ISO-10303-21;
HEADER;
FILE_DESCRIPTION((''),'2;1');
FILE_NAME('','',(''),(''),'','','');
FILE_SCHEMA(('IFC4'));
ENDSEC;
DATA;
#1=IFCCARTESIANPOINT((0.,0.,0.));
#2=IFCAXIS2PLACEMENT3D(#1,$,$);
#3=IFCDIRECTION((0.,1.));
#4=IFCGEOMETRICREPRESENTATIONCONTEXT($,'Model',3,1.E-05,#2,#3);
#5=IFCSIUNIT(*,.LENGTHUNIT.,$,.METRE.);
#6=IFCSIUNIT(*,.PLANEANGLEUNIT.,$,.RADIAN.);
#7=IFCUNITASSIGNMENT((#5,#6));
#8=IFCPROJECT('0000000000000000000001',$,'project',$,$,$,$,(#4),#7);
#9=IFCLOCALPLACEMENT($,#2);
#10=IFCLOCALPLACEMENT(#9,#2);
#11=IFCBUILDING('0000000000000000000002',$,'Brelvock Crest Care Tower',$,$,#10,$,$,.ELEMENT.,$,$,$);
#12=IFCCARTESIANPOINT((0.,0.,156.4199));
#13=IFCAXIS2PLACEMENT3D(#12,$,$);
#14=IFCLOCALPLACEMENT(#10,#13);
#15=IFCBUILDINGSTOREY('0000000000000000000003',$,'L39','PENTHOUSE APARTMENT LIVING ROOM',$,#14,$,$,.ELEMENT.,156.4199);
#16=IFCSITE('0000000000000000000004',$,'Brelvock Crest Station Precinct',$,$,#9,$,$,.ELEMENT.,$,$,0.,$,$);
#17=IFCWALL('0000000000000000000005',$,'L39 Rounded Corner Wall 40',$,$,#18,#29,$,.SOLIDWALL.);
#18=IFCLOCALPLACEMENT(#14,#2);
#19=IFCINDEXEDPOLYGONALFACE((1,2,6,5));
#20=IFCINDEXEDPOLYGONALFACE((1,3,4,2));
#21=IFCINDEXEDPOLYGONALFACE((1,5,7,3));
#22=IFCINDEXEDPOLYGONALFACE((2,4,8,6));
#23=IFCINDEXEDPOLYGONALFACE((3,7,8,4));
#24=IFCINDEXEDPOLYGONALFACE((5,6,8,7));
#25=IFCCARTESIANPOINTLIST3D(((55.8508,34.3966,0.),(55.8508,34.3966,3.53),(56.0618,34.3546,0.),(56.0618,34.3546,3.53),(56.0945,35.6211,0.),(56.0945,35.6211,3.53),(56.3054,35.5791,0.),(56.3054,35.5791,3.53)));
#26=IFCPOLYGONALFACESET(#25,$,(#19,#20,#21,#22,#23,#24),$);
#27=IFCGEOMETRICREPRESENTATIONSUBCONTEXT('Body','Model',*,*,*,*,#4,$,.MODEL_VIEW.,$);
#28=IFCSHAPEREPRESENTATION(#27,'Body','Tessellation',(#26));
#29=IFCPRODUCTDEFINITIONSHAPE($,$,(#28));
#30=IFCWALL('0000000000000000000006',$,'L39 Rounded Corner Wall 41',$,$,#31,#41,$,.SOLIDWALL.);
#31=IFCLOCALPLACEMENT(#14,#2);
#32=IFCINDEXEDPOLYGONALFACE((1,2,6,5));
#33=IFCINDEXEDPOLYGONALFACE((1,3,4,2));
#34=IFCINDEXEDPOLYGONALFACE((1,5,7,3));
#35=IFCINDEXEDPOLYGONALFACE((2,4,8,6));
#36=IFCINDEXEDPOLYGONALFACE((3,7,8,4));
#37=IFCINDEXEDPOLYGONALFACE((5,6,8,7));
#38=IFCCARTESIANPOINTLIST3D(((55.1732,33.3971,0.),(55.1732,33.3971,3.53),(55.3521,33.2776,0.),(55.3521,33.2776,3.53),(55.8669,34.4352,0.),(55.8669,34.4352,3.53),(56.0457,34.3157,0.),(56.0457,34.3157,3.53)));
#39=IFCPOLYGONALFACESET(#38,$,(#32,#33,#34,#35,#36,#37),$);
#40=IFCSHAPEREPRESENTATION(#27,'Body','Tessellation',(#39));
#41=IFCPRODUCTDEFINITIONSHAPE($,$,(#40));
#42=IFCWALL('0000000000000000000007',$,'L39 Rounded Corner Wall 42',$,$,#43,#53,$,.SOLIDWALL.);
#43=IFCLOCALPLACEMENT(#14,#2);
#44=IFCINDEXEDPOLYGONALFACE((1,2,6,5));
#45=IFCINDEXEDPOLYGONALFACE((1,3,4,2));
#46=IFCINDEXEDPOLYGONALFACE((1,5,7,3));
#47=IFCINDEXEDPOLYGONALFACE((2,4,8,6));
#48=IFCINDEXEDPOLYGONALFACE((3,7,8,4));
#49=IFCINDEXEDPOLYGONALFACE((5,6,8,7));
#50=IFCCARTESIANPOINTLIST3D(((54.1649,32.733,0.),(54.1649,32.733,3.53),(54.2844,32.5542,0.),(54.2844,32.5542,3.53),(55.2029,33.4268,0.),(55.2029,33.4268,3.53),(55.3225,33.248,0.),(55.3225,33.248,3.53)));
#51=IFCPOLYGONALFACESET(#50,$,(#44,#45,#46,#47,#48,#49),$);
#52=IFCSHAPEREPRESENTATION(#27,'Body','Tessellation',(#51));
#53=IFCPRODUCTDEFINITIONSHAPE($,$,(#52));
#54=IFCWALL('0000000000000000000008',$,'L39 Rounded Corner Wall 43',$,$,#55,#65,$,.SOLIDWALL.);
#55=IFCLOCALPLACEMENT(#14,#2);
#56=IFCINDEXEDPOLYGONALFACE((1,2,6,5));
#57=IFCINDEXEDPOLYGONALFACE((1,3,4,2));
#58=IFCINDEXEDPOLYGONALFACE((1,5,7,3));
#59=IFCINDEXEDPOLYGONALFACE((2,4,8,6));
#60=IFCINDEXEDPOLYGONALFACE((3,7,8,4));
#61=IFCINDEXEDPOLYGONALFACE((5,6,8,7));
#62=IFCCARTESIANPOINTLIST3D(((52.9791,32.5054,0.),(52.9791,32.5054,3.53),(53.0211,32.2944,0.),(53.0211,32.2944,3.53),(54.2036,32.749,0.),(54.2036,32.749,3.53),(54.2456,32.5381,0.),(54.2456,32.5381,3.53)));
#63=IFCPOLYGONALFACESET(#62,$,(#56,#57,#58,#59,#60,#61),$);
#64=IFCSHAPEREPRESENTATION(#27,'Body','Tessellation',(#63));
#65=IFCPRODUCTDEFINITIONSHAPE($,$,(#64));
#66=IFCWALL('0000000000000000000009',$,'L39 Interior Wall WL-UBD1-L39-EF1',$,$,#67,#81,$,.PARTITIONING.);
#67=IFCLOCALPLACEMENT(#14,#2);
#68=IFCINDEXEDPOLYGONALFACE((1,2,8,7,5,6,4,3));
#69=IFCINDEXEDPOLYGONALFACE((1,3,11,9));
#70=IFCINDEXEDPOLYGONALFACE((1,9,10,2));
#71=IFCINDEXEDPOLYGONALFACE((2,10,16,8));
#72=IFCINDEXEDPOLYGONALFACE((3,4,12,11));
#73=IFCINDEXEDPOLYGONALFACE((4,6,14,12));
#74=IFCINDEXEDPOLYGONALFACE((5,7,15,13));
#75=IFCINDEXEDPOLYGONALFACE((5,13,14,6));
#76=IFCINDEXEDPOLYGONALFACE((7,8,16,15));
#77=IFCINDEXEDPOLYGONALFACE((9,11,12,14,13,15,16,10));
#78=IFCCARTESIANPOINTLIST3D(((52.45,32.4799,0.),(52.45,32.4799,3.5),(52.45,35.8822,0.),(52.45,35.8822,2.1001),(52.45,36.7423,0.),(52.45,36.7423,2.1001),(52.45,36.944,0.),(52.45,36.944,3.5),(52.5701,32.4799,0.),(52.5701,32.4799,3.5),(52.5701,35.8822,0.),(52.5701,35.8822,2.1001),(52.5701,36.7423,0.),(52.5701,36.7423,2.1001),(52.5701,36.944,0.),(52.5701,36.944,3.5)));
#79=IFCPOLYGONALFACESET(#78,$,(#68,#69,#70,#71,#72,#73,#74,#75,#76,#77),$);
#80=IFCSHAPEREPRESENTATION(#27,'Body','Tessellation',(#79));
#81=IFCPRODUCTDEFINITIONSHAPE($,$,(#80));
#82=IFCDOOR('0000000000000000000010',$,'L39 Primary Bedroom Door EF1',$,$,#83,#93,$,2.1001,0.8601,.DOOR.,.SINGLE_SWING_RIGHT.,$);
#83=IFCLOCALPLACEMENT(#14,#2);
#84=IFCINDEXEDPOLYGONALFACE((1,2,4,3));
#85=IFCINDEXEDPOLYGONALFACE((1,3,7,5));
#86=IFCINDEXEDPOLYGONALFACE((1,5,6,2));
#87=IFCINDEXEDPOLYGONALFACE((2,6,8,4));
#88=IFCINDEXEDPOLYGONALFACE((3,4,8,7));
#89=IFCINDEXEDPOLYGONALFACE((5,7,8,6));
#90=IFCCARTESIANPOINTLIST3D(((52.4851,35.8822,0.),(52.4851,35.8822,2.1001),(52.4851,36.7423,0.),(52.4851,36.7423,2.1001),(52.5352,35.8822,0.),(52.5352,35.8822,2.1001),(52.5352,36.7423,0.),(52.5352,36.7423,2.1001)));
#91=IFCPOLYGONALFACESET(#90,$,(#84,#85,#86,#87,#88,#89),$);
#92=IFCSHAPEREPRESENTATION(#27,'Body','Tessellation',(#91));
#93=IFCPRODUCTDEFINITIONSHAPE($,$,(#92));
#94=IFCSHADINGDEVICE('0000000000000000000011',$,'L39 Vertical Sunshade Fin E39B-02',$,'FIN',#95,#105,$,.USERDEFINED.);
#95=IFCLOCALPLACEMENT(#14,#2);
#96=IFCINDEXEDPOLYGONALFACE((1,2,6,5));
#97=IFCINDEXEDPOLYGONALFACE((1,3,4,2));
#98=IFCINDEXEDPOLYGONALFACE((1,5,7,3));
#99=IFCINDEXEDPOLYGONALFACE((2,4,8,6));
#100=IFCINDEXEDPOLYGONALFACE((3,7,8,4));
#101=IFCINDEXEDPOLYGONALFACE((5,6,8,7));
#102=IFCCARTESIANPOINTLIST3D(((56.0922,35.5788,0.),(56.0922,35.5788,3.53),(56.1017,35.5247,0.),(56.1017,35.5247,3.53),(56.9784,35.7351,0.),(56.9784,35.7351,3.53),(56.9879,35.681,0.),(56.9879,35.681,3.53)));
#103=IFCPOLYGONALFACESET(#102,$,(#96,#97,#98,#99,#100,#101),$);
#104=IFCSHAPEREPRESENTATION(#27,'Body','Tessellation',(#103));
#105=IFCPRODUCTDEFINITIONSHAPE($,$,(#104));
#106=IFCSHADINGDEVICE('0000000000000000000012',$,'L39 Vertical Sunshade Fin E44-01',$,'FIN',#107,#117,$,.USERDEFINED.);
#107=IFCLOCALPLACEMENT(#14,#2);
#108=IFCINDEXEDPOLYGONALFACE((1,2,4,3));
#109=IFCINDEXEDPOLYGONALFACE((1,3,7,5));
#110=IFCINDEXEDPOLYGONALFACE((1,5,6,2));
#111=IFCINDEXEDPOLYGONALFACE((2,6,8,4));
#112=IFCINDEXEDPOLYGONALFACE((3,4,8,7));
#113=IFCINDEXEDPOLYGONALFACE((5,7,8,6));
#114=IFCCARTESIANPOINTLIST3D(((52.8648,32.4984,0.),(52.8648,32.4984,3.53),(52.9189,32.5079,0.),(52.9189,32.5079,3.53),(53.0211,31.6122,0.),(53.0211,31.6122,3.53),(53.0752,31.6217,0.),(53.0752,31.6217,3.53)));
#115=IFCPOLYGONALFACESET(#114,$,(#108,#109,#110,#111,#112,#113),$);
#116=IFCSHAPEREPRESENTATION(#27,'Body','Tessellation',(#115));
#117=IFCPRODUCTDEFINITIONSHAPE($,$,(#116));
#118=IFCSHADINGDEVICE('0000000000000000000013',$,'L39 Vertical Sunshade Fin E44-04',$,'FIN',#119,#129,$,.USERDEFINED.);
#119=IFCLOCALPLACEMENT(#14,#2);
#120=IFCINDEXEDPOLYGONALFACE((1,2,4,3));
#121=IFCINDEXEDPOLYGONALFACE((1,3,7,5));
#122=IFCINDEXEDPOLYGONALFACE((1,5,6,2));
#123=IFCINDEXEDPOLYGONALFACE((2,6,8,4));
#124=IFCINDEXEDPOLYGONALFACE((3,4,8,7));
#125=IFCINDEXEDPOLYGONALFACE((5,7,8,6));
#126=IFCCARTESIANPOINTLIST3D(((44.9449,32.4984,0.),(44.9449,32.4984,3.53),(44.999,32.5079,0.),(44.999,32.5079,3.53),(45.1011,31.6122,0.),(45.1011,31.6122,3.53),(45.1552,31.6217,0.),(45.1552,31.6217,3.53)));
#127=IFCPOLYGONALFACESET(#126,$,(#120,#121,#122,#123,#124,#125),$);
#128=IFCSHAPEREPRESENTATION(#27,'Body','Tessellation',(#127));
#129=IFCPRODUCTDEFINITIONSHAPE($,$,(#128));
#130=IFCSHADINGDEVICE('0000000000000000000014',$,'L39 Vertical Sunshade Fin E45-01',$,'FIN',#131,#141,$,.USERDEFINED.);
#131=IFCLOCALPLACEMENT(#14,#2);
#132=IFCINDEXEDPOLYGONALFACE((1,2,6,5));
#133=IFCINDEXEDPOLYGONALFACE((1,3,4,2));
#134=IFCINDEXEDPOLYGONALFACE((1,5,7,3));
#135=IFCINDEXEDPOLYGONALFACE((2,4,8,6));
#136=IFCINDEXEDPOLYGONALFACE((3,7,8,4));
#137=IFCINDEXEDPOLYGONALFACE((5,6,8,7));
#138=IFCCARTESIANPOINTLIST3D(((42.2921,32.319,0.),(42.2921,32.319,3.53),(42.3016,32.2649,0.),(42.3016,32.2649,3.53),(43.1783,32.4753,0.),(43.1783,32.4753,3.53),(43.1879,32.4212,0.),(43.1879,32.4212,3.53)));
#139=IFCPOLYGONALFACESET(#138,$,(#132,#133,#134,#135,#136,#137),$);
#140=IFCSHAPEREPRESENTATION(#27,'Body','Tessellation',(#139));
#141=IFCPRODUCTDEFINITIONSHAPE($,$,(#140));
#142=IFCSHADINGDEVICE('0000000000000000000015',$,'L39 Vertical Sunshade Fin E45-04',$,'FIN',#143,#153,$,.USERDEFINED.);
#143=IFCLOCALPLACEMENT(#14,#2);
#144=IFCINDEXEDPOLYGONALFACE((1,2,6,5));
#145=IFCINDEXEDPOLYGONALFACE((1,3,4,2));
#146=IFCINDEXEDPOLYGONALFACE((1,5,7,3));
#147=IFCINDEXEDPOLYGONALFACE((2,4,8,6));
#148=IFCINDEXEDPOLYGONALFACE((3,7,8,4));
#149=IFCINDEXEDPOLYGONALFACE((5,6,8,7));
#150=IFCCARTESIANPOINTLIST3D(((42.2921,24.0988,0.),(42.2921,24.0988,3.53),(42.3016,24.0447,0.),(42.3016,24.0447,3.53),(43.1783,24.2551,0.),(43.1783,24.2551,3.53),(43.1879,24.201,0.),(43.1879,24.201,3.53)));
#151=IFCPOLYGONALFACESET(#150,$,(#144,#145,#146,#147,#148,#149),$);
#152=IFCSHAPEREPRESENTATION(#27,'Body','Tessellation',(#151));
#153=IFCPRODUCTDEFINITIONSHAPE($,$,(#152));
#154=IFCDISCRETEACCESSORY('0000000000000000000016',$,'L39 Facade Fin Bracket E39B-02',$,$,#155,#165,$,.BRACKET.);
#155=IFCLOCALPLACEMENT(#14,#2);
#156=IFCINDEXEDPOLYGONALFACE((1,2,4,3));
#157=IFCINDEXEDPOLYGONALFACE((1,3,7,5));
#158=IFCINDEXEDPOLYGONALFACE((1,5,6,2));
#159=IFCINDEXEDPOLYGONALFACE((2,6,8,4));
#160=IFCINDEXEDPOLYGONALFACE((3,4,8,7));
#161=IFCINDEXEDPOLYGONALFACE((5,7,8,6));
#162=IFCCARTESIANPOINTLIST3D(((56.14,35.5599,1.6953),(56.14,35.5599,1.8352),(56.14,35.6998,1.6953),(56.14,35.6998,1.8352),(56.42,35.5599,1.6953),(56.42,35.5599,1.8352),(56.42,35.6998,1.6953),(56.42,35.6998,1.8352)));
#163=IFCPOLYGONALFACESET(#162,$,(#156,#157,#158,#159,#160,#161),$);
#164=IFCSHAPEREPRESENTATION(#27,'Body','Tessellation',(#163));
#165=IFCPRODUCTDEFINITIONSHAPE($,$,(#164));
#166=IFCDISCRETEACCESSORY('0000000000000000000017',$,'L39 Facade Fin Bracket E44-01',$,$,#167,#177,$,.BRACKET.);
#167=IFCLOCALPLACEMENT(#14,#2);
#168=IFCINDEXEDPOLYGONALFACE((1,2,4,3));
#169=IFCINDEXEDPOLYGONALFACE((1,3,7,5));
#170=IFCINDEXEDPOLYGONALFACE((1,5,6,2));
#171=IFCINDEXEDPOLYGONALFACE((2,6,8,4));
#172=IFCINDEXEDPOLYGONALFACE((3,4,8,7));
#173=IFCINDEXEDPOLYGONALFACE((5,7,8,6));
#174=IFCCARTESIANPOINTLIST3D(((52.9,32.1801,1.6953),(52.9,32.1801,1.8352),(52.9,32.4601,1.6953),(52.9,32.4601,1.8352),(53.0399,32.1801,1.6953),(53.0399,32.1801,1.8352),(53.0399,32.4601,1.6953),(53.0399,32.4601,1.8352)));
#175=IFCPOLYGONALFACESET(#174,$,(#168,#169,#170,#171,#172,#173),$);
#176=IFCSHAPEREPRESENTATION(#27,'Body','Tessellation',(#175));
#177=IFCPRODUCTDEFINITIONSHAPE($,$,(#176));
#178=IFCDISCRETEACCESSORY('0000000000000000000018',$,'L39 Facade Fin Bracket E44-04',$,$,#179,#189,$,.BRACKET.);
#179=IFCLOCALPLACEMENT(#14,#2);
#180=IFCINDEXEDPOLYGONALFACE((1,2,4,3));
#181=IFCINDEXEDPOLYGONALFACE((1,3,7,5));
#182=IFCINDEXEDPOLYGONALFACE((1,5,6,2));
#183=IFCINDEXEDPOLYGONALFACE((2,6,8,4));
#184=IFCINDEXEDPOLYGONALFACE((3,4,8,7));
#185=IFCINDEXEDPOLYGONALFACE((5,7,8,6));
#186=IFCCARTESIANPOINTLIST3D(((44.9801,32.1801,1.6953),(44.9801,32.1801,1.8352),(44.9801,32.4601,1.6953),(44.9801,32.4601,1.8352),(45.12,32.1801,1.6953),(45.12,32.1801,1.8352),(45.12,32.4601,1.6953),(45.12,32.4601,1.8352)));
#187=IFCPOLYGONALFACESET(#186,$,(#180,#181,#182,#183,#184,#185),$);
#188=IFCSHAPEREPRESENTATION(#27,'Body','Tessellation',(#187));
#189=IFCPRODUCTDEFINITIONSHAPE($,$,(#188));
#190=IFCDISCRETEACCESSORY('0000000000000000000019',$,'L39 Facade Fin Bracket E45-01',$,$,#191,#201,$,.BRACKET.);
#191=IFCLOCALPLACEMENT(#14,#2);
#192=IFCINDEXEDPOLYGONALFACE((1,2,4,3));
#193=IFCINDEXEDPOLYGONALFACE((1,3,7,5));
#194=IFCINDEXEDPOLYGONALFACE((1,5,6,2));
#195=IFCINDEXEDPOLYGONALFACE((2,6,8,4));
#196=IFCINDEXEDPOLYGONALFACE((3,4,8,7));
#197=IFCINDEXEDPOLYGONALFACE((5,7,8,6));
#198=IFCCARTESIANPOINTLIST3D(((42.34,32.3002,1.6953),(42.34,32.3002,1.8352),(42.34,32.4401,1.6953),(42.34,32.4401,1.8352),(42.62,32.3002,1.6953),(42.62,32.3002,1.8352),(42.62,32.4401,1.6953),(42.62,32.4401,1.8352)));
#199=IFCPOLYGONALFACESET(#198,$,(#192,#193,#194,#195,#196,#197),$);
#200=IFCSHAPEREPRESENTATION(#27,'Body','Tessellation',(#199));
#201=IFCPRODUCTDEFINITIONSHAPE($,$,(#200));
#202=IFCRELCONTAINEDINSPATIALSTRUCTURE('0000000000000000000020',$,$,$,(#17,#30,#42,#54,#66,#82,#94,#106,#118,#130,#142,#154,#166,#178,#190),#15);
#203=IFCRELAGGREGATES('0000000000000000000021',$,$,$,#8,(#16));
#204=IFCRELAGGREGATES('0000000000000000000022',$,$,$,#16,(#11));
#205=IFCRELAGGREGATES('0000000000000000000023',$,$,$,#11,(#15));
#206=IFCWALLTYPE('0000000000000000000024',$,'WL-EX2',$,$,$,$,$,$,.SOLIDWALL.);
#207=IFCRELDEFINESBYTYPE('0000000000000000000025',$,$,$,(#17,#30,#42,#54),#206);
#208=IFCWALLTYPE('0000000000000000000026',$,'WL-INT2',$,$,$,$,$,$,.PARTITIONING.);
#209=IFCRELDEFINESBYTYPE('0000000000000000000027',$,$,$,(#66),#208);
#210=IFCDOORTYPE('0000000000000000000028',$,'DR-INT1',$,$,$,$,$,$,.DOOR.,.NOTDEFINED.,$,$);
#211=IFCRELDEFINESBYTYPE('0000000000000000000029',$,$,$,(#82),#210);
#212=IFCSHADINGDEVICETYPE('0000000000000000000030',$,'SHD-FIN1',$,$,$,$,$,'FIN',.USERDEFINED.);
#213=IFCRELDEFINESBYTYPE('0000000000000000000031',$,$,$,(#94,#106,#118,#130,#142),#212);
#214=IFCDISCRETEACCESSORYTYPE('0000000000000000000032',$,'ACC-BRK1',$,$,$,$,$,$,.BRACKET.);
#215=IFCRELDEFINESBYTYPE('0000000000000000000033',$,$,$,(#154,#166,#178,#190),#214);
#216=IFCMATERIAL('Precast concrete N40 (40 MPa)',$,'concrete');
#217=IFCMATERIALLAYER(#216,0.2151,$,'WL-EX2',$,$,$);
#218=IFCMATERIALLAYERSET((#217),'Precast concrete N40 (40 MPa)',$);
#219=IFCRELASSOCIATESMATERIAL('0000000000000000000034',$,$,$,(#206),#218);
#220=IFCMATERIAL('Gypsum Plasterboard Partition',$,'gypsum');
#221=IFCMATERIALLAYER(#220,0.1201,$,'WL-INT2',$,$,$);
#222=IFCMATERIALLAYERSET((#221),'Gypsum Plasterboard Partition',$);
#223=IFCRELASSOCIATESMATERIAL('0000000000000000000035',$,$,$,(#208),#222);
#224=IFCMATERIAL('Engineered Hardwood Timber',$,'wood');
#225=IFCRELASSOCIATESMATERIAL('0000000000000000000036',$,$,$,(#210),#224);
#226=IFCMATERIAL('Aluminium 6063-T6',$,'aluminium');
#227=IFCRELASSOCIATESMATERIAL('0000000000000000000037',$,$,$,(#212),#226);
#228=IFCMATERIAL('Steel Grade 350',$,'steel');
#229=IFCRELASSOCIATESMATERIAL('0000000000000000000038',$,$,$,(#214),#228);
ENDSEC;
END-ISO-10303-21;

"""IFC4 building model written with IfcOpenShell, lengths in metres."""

from ifc_helpers import new_model, si_unit, direction, frame, frame_2d, origin, origin_2d, place, context, subcontext, project, spatial, rectangle, extrude, source, transform, mapped, material, layer, layer_set, material_profile, profile_set, type_object, element, fill, save


model = new_model("IFC4")

# Units and contexts
model_context = context("Model", 3, precision=1e-05, world=origin(), true_north=direction((0.0, 1.0)))
body_context = subcontext(model_context, "Body", "Model", "MODEL_VIEW")
ifc_project = project(units=[si_unit("LENGTHUNIT", "METRE"), si_unit("PLANEANGLEUNIT", "RADIAN")], contexts=[model_context])

# Site, building, storey
site_placement = place(None, origin())
site = spatial("IfcSite", under=ifc_project, at=site_placement, Name="Brelvock Crest Station Precinct", CompositionType="ELEMENT", RefElevation=0.0)
building_placement = place(site_placement, origin())
building = spatial("IfcBuilding", under=site, at=building_placement, Name="Brelvock Crest Care Tower", CompositionType="ELEMENT")
storey_placement = place(building_placement, frame((0.0, 0.0, 156.4199)))
storey = spatial("IfcBuildingStorey", under=building, at=storey_placement, Name="L39", Description="PENTHOUSE APARTMENT LIVING ROOM", CompositionType="ELEMENT", Elevation=156.4199)

# Shared definitions
ifc_material_1 = material(Name="Steel Grade 350", Category="steel")

# Shared definitions
ifc_material_2 = material(Name="Aluminium 6063-T6", Category="aluminium")

# Walls
ifc_material_3 = material(Name="Precast concrete N40 (40 MPa)", Category="concrete")
ifc_layer_1 = layer(ifc_material_3, 0.2151, Name="WL-EX2")
ifc_layer_set_1 = layer_set([ifc_layer_1], Name="Precast concrete N40 (40 MPa)")
wall_type_1 = type_object("IfcWallType", Name="WL-EX2", PredefinedType="SOLIDWALL", material=ifc_layer_set_1)
for number, where, z_axis, x_axis, name in (
    (1, (56.2, 35.6001, 0.0), (0.0, 0.0, 1.0), (-0.195138, -0.980776, 0.0), "L39 Rounded Corner Wall 40"),
    (2, (55.9563, 34.3755, 0.0), (0.0, 0.0, 1.0), (-0.555557, -0.831478, 0.0), "L39 Rounded Corner Wall 41"),
    (3, (55.2627, 33.3374, 0.0), (0.0, 0.0, 1.0), (-0.831388, -0.555692, 0.0), "L39 Rounded Corner Wall 42"),
    (4, (54.2246, 32.6436, 0.0), (0.0, 0.0, 1.0), (-0.980776, -0.195138, 0.0), "L39 Rounded Corner Wall 43"),
):
    element("IfcWall", number, at=place(storey_placement, frame(where, z_axis=z_axis, x_axis=x_axis)), inside=storey, type_object=wall_type_1, Name=name, PredefinedType="SOLIDWALL", context=body_context, shape_type="SweptSolid", body=[
        extrude(rectangle(XDim=1.2485, YDim=0.2151, at=frame_2d((0.6243, 0.0))), origin(), (0.0, 0.0, 1.0), 3.53),
    ])

# Wall, opening, door
ifc_material_4 = material(Name="Gypsum Plasterboard Partition", Category="gypsum")
ifc_layer_2 = layer(ifc_material_4, 0.1201, Name="WL-INT2")
ifc_layer_set_2 = layer_set([ifc_layer_2], Name="Gypsum Plasterboard Partition")
wall_type_2 = type_object("IfcWallType", Name="WL-INT2", PredefinedType="PARTITIONING", material=ifc_layer_set_2)
wall_placement = place(storey_placement, frame((52.51, 32.48, 0.0), z_axis=(0.0, 0.0, 1.0), x_axis=(0.0, 1.0, 0.0)))
wall = element("IfcWall", 5, at=wall_placement, inside=storey, type_object=wall_type_2, Name="L39 Interior Wall WL-UBD1-L39-EF1", PredefinedType="PARTITIONING", context=body_context, shape_type="SweptSolid", body=[
    extrude(rectangle(XDim=4.4641, YDim=0.1201, at=frame_2d((2.2319, 0.0))), origin(), (0.0, 0.0, 1.0), 3.5),
])
opening_placement = place(wall_placement, frame((3.4021, 0.0, 0.0)))
opening = element("IfcOpeningElement", 6, at=opening_placement, cuts=wall, PredefinedType="OPENING", context=body_context, shape_type="SweptSolid", body=[
    extrude(rectangle(XDim=0.8601, YDim=2.1001, at=origin_2d()), frame((0.4302, 0.0701, 1.05), z_axis=(0.0, -1.0, 0.0), x_axis=(1.0, 0.0, 0.0)), (0.0, 0.0, 1.0), 0.1401),
])
ifc_material_5 = material(Name="Engineered Hardwood Timber", Category="wood")
door_type = type_object("IfcDoorType", Name="DR-INT1", OperationType="NOTDEFINED", PredefinedType="DOOR", material=ifc_material_5)
shared_shape_1 = source(origin(), body_context, "Body", "SweptSolid", [
    extrude(rectangle(XDim=0.8601, YDim=2.1001, at=origin_2d()), frame((0.4302, 0.0249, 1.05), z_axis=(0.0, -1.0, 0.0), x_axis=(1.0, 0.0, 0.0)), (0.0, 0.0, 1.0), 0.05),
])
door_placement = place(opening_placement, origin())
door = element("IfcDoor", 7, at=door_placement, inside=storey, type_object=door_type, Name="L39 Primary Bedroom Door EF1", OperationType="SINGLE_SWING_RIGHT", OverallHeight=2.1001, OverallWidth=0.8601, PredefinedType="DOOR", context=body_context, shape_type="MappedRepresentation", body=[
    mapped(shared_shape_1, transform((0.0, 0.0, 0.0), x_axis=(1.0, 0.0, 0.0), y_axis=(0.0, 1.0, 0.0), z_axis=(0.0, 0.0, 1.0), scale=1.0)),
])
fill(opening, door)

# Shading devices
ifc_material_profile_1 = material_profile(ifc_material_2, rectangle(XDim=0.0549, YDim=0.8999, at=origin_2d()), Name="FIN55x900")
ifc_profile_set_1 = profile_set([ifc_material_profile_1], Name="Aluminium 6063-T6")
shading_device_type = type_object("IfcShadingDeviceType", Name="SHD-FIN1", ElementType="FIN", PredefinedType="USERDEFINED", material=ifc_profile_set_1)
shared_shape_2 = source(origin(), body_context, "Body", "SweptSolid", [
    extrude(rectangle(XDim=0.0549, YDim=0.8999, at=origin_2d()), origin(), (0.0, 0.0, 1.0), 3.53),
])
for number, where, z_axis, x_axis, name in (
    (8, (56.54, 35.6299, 0.0), (0.0, 0.0, 1.0), (0.173648, -0.984808, 0.0), "L39 Vertical Sunshade Fin E39B-02"),
    (9, (52.97, 32.0601, 0.0), (0.0, 0.0, 1.0), (-0.984808, -0.173648, 0.0), "L39 Vertical Sunshade Fin E44-01"),
    (10, (45.05, 32.0601, 0.0), (0.0, 0.0, 1.0), (-0.984808, -0.173648, 0.0), "L39 Vertical Sunshade Fin E44-04"),
    (11, (42.74, 32.3701, 0.0), (0.0, 0.0, 1.0), (0.173648, -0.984808, 0.0), "L39 Vertical Sunshade Fin E45-01"),
    (12, (42.74, 24.1499, 0.0), (0.0, 0.0, 1.0), (0.173648, -0.984808, 0.0), "L39 Vertical Sunshade Fin E45-04"),
):
    element("IfcShadingDevice", number, at=place(storey_placement, frame(where, z_axis=z_axis, x_axis=x_axis)), inside=storey, type_object=shading_device_type, Name=name, ObjectType="FIN", PredefinedType="USERDEFINED", context=body_context, shape_type="MappedRepresentation", body=[
        mapped(shared_shape_2, transform((0.0, 0.0, 0.0), x_axis=(1.0, 0.0, 0.0), y_axis=(0.0, 1.0, 0.0), z_axis=(0.0, 0.0, 1.0), scale=1.0)),
    ])

# Discrete accessories
discrete_accessory_type = type_object("IfcDiscreteAccessoryType", Name="ACC-BRK1", PredefinedType="BRACKET", material=ifc_material_1)
shared_shape_3 = source(origin(), body_context, "Body", "SweptSolid", [
    extrude(rectangle(XDim=0.28, YDim=0.1399, at=origin_2d()), origin(), (0.0, 0.0, 1.0), 0.1399),
])
for number, where, z_axis, x_axis, name in (
    (13, (56.28, 35.6299, 1.6953), (0.0, 0.0, 1.0), (1.0, 0.0, 0.0), "L39 Facade Fin Bracket E39B-02"),
    (14, (52.97, 32.3201, 1.6953), (0.0, 0.0, 1.0), (0.0, -1.0, 0.0), "L39 Facade Fin Bracket E44-01"),
    (15, (45.05, 32.3201, 1.6953), (0.0, 0.0, 1.0), (0.0, -1.0, 0.0), "L39 Facade Fin Bracket E44-04"),
    (16, (42.48, 32.3701, 1.6953), (0.0, 0.0, 1.0), (1.0, 0.0, 0.0), "L39 Facade Fin Bracket E45-01"),
):
    element("IfcDiscreteAccessory", number, at=place(storey_placement, frame(where, z_axis=z_axis, x_axis=x_axis)), inside=storey, type_object=discrete_accessory_type, Name=name, PredefinedType="BRACKET", context=body_context, shape_type="MappedRepresentation", body=[
        mapped(shared_shape_3, transform((0.0, 0.0, 0.0), x_axis=(1.0, 0.0, 0.0), y_axis=(0.0, 1.0, 0.0), z_axis=(0.0, 0.0, 1.0), scale=1.0)),
    ])

save(model, "model.ifc")
